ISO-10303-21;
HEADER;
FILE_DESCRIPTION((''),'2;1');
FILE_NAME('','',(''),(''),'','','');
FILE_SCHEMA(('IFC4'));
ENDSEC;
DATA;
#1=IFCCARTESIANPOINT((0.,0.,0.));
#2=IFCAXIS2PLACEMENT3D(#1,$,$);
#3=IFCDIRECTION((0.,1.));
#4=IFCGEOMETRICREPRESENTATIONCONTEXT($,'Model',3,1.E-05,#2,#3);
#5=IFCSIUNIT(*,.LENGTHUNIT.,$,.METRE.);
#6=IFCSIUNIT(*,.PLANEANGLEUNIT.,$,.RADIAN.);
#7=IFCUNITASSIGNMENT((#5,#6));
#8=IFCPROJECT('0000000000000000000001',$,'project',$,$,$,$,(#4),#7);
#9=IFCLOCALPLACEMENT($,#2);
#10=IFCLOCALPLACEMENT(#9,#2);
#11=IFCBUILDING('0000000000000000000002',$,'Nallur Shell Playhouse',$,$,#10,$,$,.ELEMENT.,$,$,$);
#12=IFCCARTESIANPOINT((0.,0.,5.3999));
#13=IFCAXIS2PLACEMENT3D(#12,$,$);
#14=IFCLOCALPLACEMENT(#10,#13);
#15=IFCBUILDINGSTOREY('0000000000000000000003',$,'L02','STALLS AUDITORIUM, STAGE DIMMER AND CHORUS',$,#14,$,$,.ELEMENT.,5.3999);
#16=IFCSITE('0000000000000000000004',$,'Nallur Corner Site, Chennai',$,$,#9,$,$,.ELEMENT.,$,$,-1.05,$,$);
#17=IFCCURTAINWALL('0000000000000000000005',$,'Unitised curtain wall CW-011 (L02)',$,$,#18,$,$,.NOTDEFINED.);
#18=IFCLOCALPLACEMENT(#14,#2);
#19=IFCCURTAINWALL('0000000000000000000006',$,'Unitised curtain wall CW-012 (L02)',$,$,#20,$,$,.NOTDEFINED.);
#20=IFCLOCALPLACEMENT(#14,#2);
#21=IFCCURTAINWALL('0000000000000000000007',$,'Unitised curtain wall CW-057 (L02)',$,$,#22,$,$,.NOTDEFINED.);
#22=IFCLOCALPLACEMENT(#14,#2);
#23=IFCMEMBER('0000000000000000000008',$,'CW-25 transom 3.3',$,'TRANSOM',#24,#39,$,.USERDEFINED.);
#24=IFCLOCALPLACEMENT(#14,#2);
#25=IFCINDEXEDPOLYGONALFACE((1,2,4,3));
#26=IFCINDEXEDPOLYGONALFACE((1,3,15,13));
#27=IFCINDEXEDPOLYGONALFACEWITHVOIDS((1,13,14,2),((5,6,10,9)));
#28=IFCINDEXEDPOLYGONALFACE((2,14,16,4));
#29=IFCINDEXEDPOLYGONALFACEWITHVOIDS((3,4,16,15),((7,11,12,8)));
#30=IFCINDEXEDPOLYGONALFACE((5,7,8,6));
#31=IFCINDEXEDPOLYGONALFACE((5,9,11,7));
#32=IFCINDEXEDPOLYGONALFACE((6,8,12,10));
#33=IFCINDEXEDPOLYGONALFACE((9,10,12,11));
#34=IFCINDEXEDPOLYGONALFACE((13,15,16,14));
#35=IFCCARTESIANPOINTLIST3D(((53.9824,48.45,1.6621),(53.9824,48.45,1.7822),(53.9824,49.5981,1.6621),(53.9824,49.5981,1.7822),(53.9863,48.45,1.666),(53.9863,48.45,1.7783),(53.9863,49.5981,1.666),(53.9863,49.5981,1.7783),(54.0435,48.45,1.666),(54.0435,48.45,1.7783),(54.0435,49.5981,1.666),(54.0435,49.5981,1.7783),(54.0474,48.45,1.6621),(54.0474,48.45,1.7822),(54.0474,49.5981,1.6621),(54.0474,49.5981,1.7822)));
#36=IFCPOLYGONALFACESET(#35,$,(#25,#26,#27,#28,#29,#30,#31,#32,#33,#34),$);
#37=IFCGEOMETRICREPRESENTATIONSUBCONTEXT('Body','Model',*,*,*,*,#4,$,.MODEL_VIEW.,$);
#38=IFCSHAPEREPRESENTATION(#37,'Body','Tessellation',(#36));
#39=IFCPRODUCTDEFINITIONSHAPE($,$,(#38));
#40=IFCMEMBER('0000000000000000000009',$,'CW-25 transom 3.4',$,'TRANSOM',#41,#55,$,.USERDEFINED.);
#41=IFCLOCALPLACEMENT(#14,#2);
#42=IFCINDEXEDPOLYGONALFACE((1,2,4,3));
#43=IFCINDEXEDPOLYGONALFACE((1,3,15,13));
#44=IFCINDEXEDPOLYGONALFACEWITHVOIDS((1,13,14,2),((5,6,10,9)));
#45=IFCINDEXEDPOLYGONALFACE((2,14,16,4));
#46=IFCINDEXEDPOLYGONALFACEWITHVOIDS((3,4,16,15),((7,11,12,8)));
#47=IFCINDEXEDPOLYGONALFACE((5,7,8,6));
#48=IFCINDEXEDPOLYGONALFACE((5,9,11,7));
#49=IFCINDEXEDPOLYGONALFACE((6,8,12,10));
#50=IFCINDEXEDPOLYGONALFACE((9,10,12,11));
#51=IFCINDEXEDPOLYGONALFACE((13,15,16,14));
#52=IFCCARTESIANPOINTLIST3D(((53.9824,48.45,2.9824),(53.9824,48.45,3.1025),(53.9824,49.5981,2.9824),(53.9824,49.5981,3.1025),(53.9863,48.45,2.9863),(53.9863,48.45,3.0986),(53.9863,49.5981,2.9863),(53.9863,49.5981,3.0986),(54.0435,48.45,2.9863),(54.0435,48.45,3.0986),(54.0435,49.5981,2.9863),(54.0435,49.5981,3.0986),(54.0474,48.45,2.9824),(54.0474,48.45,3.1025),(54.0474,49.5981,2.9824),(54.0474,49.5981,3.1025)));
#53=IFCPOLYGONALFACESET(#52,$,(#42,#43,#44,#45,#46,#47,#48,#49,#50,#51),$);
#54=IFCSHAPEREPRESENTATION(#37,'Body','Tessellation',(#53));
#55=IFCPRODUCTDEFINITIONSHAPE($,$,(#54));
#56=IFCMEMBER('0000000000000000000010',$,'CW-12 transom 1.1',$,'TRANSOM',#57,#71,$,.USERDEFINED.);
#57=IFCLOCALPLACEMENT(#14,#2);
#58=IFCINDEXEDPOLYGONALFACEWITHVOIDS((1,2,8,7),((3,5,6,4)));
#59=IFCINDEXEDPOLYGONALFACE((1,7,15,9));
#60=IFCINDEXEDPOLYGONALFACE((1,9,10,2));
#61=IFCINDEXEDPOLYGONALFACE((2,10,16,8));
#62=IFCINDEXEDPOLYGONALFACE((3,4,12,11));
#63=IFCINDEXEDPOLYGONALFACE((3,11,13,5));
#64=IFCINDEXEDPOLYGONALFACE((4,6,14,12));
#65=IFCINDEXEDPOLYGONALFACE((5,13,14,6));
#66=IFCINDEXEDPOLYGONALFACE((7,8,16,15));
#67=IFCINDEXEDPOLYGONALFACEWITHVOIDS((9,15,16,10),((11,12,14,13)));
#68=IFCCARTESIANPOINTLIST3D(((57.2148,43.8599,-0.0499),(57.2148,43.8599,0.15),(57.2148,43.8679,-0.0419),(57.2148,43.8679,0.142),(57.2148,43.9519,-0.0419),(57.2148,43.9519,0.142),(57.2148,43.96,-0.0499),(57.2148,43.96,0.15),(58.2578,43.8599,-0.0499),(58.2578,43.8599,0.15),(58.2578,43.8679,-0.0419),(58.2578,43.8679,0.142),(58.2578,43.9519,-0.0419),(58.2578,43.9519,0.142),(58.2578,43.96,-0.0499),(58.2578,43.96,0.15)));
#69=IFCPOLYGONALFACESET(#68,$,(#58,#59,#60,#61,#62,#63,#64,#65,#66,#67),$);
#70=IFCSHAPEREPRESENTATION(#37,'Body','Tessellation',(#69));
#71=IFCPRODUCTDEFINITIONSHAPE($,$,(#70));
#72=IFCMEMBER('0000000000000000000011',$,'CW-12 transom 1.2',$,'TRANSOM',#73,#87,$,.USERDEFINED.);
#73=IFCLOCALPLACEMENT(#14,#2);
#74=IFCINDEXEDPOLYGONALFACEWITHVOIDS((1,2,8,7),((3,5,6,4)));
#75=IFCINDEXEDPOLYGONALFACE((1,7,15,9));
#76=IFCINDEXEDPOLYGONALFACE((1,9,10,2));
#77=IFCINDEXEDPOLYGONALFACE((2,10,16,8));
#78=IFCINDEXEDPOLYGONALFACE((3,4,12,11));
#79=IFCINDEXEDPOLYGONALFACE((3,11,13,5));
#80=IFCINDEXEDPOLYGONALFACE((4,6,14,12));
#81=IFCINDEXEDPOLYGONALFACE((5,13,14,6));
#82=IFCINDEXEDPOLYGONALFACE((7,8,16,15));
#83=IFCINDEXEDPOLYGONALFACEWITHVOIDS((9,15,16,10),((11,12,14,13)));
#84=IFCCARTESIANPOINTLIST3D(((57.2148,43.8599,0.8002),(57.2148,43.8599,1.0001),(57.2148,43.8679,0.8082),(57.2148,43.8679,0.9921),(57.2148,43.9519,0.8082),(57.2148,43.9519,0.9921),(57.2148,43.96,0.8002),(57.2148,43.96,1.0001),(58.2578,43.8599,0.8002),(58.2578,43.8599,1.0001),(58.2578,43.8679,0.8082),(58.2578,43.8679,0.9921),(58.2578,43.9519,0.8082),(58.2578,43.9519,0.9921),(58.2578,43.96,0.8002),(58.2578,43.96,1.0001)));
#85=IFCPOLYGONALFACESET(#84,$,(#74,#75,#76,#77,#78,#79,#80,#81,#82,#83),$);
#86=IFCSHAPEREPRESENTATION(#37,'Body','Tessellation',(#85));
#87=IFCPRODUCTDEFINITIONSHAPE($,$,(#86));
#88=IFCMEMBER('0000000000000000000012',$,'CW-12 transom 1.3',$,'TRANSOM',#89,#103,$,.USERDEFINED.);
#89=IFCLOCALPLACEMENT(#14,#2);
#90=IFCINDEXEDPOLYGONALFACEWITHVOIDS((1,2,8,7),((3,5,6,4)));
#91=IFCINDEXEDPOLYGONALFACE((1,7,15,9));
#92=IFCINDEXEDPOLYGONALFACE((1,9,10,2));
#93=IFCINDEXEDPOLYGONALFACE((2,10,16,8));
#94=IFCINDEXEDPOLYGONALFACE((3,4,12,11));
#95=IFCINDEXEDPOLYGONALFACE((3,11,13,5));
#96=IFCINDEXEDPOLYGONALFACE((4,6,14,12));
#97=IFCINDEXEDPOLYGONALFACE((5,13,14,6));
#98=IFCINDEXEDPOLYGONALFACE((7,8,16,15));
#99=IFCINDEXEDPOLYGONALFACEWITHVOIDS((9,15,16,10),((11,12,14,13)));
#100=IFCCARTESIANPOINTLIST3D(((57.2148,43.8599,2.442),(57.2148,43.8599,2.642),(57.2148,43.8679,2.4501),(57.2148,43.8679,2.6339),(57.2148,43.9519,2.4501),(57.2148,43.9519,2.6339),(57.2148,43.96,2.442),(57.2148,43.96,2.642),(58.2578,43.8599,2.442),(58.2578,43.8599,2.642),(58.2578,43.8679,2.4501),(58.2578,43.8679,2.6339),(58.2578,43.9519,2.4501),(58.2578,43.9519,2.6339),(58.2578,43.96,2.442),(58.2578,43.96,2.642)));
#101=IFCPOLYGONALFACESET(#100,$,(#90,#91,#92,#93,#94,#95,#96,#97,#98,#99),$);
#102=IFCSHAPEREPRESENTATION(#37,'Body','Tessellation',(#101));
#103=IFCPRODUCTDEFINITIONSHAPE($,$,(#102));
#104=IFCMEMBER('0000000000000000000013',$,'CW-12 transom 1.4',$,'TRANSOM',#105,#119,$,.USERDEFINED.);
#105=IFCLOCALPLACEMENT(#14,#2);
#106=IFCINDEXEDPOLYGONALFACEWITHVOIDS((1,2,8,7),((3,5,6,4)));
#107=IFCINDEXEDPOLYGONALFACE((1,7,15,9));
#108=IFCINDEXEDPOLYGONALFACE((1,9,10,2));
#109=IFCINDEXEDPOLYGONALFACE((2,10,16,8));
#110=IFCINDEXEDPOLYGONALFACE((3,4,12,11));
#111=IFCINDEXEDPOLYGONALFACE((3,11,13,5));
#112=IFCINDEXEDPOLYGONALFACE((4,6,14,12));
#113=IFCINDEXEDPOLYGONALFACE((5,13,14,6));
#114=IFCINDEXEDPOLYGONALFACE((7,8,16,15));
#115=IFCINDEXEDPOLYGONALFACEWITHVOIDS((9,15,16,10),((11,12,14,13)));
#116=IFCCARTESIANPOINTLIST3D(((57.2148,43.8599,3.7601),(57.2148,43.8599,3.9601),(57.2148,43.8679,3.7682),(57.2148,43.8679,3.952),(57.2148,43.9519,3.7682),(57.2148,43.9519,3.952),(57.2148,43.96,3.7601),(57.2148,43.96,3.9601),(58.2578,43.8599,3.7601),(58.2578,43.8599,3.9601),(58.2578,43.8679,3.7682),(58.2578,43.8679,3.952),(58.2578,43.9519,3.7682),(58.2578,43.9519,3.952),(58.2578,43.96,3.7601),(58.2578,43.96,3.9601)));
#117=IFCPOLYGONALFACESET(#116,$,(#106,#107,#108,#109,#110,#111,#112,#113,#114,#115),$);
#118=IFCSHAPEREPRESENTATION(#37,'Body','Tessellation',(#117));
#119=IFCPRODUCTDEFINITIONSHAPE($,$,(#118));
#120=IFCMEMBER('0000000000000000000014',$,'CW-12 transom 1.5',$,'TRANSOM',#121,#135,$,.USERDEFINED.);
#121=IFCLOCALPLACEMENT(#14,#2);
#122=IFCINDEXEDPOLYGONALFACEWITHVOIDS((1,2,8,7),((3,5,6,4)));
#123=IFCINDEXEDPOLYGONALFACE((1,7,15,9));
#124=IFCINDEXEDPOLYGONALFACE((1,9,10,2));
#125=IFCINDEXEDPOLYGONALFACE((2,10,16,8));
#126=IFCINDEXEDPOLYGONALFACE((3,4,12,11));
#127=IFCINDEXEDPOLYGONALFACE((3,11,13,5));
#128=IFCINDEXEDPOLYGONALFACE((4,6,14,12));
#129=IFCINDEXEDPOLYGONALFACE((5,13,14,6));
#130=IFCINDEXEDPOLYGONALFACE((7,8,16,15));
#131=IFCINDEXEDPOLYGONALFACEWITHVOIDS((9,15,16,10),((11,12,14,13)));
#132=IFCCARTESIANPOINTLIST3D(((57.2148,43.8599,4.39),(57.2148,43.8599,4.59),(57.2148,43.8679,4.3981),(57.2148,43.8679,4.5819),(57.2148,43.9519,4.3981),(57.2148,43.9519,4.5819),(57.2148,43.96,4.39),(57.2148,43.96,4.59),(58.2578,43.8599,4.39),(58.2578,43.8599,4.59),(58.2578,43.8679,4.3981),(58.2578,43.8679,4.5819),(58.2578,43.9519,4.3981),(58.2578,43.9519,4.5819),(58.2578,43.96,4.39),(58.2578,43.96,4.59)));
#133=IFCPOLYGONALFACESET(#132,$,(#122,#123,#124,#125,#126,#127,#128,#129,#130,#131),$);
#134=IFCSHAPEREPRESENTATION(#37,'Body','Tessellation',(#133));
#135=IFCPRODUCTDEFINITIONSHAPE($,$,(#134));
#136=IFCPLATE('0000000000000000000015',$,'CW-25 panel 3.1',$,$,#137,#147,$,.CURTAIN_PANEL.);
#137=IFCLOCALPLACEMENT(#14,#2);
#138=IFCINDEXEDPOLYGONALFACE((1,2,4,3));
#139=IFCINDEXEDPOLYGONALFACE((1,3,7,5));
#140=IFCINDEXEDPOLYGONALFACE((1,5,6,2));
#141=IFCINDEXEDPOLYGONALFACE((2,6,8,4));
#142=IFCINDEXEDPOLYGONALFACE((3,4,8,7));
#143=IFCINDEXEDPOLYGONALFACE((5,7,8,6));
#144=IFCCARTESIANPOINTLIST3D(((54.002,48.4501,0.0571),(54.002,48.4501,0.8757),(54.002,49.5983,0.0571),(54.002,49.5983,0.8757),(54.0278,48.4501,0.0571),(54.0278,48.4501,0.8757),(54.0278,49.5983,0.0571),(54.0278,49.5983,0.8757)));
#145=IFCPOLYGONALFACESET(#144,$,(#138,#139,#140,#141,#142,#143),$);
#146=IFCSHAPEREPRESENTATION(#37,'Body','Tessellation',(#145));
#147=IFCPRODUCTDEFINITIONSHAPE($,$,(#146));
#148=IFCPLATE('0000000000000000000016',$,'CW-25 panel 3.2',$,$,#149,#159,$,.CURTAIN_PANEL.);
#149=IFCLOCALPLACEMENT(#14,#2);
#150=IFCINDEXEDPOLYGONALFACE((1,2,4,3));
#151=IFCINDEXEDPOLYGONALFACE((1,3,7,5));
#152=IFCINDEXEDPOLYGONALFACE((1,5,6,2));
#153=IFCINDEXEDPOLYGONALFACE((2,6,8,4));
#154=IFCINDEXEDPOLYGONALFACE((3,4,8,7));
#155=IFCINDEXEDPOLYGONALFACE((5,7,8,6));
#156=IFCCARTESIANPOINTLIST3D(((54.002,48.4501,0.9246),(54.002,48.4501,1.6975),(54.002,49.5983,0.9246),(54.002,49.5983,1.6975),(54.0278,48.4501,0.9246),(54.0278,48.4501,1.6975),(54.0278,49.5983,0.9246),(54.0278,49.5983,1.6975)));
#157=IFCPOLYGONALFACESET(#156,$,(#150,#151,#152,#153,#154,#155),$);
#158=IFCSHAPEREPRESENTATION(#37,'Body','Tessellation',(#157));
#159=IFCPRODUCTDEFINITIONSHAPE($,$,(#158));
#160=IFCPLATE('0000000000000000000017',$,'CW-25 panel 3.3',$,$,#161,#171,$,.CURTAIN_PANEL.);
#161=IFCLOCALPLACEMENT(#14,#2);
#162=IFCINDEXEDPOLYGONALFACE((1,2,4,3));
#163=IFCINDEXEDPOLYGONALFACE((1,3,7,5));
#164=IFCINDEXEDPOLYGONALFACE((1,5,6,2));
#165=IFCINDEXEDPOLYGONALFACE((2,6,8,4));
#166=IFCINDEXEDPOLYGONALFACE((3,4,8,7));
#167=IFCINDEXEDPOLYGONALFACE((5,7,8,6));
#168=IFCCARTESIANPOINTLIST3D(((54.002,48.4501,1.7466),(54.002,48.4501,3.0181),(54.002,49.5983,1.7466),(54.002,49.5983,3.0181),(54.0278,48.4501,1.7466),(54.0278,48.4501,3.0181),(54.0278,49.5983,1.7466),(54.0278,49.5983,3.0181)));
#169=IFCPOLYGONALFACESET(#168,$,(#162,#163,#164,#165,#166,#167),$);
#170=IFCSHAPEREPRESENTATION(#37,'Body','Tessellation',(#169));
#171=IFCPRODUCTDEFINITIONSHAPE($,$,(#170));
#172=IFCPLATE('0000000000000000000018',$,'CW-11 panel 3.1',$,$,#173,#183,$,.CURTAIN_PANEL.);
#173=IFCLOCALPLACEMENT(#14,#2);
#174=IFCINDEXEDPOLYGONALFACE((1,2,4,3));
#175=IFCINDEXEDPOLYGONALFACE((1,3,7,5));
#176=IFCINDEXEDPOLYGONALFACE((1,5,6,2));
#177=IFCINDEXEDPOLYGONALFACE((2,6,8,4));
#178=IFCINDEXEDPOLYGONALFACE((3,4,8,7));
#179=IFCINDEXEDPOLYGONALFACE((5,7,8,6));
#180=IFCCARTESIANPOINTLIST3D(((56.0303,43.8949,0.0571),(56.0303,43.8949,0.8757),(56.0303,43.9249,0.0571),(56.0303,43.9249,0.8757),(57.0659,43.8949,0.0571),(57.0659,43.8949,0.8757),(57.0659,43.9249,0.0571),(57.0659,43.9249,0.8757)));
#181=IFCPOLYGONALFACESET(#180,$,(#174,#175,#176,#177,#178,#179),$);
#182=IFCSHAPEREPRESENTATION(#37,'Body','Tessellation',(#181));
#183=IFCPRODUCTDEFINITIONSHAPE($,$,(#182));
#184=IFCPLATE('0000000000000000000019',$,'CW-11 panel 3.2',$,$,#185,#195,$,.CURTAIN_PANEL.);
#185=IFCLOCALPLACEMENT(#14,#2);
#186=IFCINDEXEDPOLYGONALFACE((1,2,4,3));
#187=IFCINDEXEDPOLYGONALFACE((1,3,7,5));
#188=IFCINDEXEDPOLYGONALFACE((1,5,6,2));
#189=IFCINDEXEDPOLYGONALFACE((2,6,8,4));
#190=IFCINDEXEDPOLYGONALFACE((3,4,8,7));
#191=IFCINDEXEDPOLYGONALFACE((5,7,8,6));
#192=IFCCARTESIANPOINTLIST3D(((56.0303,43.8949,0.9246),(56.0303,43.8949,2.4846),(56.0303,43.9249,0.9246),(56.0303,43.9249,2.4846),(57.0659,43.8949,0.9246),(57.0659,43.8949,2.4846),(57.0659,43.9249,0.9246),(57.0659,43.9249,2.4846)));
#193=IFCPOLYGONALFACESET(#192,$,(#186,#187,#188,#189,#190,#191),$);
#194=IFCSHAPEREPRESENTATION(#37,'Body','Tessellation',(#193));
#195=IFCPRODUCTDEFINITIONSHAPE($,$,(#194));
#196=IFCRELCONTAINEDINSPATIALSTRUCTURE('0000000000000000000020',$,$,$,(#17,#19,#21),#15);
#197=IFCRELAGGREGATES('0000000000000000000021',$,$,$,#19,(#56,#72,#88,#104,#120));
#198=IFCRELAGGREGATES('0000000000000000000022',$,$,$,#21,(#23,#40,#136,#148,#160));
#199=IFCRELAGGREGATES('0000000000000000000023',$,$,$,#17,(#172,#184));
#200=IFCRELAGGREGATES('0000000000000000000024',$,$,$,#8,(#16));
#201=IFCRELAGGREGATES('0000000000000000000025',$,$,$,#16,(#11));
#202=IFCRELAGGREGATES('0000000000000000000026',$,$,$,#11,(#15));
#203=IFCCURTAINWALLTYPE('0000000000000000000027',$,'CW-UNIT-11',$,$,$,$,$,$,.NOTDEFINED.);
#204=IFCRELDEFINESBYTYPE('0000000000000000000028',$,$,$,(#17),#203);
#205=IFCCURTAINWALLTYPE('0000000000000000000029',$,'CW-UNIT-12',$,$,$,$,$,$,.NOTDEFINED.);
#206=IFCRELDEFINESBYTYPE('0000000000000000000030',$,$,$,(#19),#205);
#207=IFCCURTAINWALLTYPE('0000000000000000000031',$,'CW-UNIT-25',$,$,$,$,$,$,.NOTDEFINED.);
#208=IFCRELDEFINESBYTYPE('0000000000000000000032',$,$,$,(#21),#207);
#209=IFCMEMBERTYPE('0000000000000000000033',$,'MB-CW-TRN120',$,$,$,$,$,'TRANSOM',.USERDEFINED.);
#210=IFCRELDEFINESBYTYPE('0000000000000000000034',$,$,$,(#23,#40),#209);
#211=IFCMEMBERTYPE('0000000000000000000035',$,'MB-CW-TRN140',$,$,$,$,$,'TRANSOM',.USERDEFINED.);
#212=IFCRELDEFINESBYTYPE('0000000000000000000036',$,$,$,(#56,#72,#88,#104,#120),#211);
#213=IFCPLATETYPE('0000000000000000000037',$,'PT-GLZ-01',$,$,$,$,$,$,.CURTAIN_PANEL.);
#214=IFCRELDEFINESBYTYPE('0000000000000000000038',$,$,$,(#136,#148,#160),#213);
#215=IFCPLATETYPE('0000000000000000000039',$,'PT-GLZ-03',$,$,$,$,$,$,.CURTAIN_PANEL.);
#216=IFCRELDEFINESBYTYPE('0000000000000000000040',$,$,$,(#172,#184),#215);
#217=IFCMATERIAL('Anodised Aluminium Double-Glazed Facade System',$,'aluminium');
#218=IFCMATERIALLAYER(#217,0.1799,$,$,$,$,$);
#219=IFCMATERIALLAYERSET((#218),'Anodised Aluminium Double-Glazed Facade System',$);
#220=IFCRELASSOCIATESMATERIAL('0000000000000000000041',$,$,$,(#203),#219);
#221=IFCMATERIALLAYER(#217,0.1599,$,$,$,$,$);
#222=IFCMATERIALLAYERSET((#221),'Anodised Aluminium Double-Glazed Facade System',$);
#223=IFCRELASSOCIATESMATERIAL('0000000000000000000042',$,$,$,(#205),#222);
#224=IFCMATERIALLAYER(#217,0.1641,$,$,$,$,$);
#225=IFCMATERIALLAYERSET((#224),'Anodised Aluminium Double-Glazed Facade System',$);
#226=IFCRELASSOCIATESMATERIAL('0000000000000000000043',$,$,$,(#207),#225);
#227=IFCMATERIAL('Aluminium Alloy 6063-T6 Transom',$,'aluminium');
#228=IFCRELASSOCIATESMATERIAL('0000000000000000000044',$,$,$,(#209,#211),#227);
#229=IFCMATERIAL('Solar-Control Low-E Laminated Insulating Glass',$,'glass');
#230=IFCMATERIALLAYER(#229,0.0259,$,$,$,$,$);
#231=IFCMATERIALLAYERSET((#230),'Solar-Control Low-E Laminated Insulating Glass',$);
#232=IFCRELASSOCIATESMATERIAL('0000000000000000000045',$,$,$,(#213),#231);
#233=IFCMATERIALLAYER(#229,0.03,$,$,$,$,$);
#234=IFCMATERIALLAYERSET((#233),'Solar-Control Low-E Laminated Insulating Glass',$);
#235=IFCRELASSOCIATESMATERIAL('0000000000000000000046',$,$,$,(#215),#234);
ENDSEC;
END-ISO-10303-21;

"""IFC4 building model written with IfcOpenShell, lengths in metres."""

from ifc_helpers import new_model, si_unit, direction, frame, origin, origin_2d, place, context, subcontext, project, spatial, rectangle, hollow_rectangle, extrude, material, layer, layer_set, material_profile, profile_set, type_object, element, aggregate, save


model = new_model("IFC4")

# Units and contexts
model_context = context("Model", 3, precision=1e-05, world=origin(), true_north=direction((0.0, 1.0)))
body_context = subcontext(model_context, "Body", "Model", "MODEL_VIEW")
ifc_project = project(units=[si_unit("LENGTHUNIT", "METRE"), si_unit("PLANEANGLEUNIT", "RADIAN")], contexts=[model_context])

# Site, building, storey
site_placement = place(None, origin())
site = spatial("IfcSite", under=ifc_project, at=site_placement, Name="Nallur Corner Site, Chennai", CompositionType="ELEMENT", RefElevation=-1.05)
building_placement = place(site_placement, origin())
building = spatial("IfcBuilding", under=site, at=building_placement, Name="Nallur Shell Playhouse", CompositionType="ELEMENT")
storey_placement = place(building_placement, frame((0.0, 0.0, 5.3999)))
storey = spatial("IfcBuildingStorey", under=building, at=storey_placement, Name="L02", Description="STALLS AUDITORIUM, STAGE DIMMER AND CHORUS", CompositionType="ELEMENT", Elevation=5.3999)

# Curtain wall
ifc_material_1 = material(Name="Anodised Aluminium Double-Glazed Facade System", Category="aluminium")
ifc_layer_1 = layer(ifc_material_1, 0.1799)
ifc_layer_set_1 = layer_set([ifc_layer_1], Name="Anodised Aluminium Double-Glazed Facade System")
curtain_wall_type_1 = type_object("IfcCurtainWallType", Name="CW-UNIT-11", PredefinedType="NOTDEFINED", material=ifc_layer_set_1)
curtain_wall_1_placement = place(storey_placement, origin())
curtain_wall_1 = element("IfcCurtainWall", 1, at=curtain_wall_1_placement, inside=storey, type_object=curtain_wall_type_1, Name="Unitised curtain wall CW-011 (L02)", PredefinedType="NOTDEFINED")

# Curtain wall
ifc_layer_2 = layer(ifc_material_1, 0.1599)
ifc_layer_set_2 = layer_set([ifc_layer_2], Name="Anodised Aluminium Double-Glazed Facade System")
curtain_wall_type_2 = type_object("IfcCurtainWallType", Name="CW-UNIT-12", PredefinedType="NOTDEFINED", material=ifc_layer_set_2)
curtain_wall_2_placement = place(storey_placement, origin())
curtain_wall_2 = element("IfcCurtainWall", 2, at=curtain_wall_2_placement, inside=storey, type_object=curtain_wall_type_2, Name="Unitised curtain wall CW-012 (L02)", PredefinedType="NOTDEFINED")

# Curtain wall
ifc_layer_3 = layer(ifc_material_1, 0.1641)
ifc_layer_set_3 = layer_set([ifc_layer_3], Name="Anodised Aluminium Double-Glazed Facade System")
curtain_wall_type_3 = type_object("IfcCurtainWallType", Name="CW-UNIT-25", PredefinedType="NOTDEFINED", material=ifc_layer_set_3)
curtain_wall_3_placement = place(storey_placement, origin())
curtain_wall_3 = element("IfcCurtainWall", 3, at=curtain_wall_3_placement, inside=storey, type_object=curtain_wall_type_3, Name="Unitised curtain wall CW-057 (L02)", PredefinedType="NOTDEFINED")

# Members
ifc_material_2 = material(Name="Aluminium Alloy 6063-T6 Transom", Category="aluminium")
ifc_material_profile_1 = material_profile(ifc_material_2, hollow_rectangle(XDim=0.0649, YDim=0.1201, WallThickness=0.0039, at=origin_2d()), Name="ALU 65x120x4")
ifc_profile_set_1 = profile_set([ifc_material_profile_1], Name="Aluminium Alloy 6063-T6 Transom")
member_type_1 = type_object("IfcMemberType", Name="MB-CW-TRN120", ElementType="TRANSOM", PredefinedType="USERDEFINED", material=ifc_profile_set_1)
member_1_placement = place(storey_placement, frame((54.0149, 49.5981, 1.7222), z_axis=(0.0, -1.0, 0.0), x_axis=(1.0, 0.0, 0.0)))
member_1 = element("IfcMember", 4, at=member_1_placement, type_object=member_type_1, Name="CW-25 transom 3.3", ObjectType="TRANSOM", PredefinedType="USERDEFINED", context=body_context, shape_type="SweptSolid", body=[
    extrude(hollow_rectangle(XDim=0.0649, YDim=0.1201, WallThickness=0.0039, at=origin_2d()), origin(), (0.0, 0.0, 1.0), 1.1482),
])
member_2_placement = place(storey_placement, frame((54.0149, 49.5981, 3.0425), z_axis=(0.0, -1.0, 0.0), x_axis=(1.0, 0.0, 0.0)))
member_2 = element("IfcMember", 5, at=member_2_placement, type_object=member_type_1, Name="CW-25 transom 3.4", ObjectType="TRANSOM", PredefinedType="USERDEFINED", context=body_context, shape_type="SweptSolid", body=[
    extrude(hollow_rectangle(XDim=0.0649, YDim=0.1201, WallThickness=0.0039, at=origin_2d()), origin(), (0.0, 0.0, 1.0), 1.1482),
])
ifc_material_profile_2 = material_profile(ifc_material_2, hollow_rectangle(XDim=0.1001, YDim=0.2, WallThickness=0.0081, at=origin_2d()), Name="RHS 200x100x8")
ifc_profile_set_2 = profile_set([ifc_material_profile_2], Name="Aluminium Alloy 6063-T6 Transom")
member_type_2 = type_object("IfcMemberType", Name="MB-CW-TRN140", ElementType="TRANSOM", PredefinedType="USERDEFINED", material=ifc_profile_set_2)
member_3_placement = place(storey_placement, frame((57.2148, 43.9099, 0.05), z_axis=(1.0, 0.0, 0.0), x_axis=(0.0, 1.0, 0.0)))
member_3 = element("IfcMember", 6, at=member_3_placement, type_object=member_type_2, Name="CW-12 transom 1.1", ObjectType="TRANSOM", PredefinedType="USERDEFINED", context=body_context, shape_type="SweptSolid", body=[
    extrude(hollow_rectangle(XDim=0.1001, YDim=0.2, WallThickness=0.0081, at=origin_2d()), origin(), (0.0, 0.0, 1.0), 1.043),
])
member_4_placement = place(storey_placement, frame((57.2148, 43.9099, 0.9001), z_axis=(1.0, 0.0, 0.0), x_axis=(0.0, 1.0, 0.0)))
member_4 = element("IfcMember", 7, at=member_4_placement, type_object=member_type_2, Name="CW-12 transom 1.2", ObjectType="TRANSOM", PredefinedType="USERDEFINED", context=body_context, shape_type="SweptSolid", body=[
    extrude(hollow_rectangle(XDim=0.1001, YDim=0.2, WallThickness=0.0081, at=origin_2d()), origin(), (0.0, 0.0, 1.0), 1.043),
])
member_5_placement = place(storey_placement, frame((57.2148, 43.9099, 2.542), z_axis=(1.0, 0.0, 0.0), x_axis=(0.0, 1.0, 0.0)))
member_5 = element("IfcMember", 8, at=member_5_placement, type_object=member_type_2, Name="CW-12 transom 1.3", ObjectType="TRANSOM", PredefinedType="USERDEFINED", context=body_context, shape_type="SweptSolid", body=[
    extrude(hollow_rectangle(XDim=0.1001, YDim=0.2, WallThickness=0.0081, at=origin_2d()), origin(), (0.0, 0.0, 1.0), 1.043),
])
member_6_placement = place(storey_placement, frame((57.2148, 43.9099, 3.8601), z_axis=(1.0, 0.0, 0.0), x_axis=(0.0, 1.0, 0.0)))
member_6 = element("IfcMember", 9, at=member_6_placement, type_object=member_type_2, Name="CW-12 transom 1.4", ObjectType="TRANSOM", PredefinedType="USERDEFINED", context=body_context, shape_type="SweptSolid", body=[
    extrude(hollow_rectangle(XDim=0.1001, YDim=0.2, WallThickness=0.0081, at=origin_2d()), origin(), (0.0, 0.0, 1.0), 1.043),
])
member_7_placement = place(storey_placement, frame((57.2148, 43.9099, 4.49), z_axis=(1.0, 0.0, 0.0), x_axis=(0.0, 1.0, 0.0)))
member_7 = element("IfcMember", 10, at=member_7_placement, type_object=member_type_2, Name="CW-12 transom 1.5", ObjectType="TRANSOM", PredefinedType="USERDEFINED", context=body_context, shape_type="SweptSolid", body=[
    extrude(hollow_rectangle(XDim=0.1001, YDim=0.2, WallThickness=0.0081, at=origin_2d()), origin(), (0.0, 0.0, 1.0), 1.043),
])
aggregate(curtain_wall_2, [member_3, member_4, member_5, member_6, member_7])

# Plates
ifc_material_3 = material(Name="Solar-Control Low-E Laminated Insulating Glass", Category="glass")
ifc_layer_4 = layer(ifc_material_3, 0.0259)
ifc_layer_set_4 = layer_set([ifc_layer_4], Name="Solar-Control Low-E Laminated Insulating Glass")
plate_type_1 = type_object("IfcPlateType", Name="PT-GLZ-01", PredefinedType="CURTAIN_PANEL", material=ifc_layer_set_4)
plate_1_placement = place(storey_placement, frame((54.0149, 49.0242, 0.0571), z_axis=(0.0, 0.0, 1.0), x_axis=(0.0, -1.0, 0.0)))
plate_1 = element("IfcPlate", 11, at=plate_1_placement, type_object=plate_type_1, Name="CW-25 panel 3.1", PredefinedType="CURTAIN_PANEL", context=body_context, shape_type="SweptSolid", body=[
    extrude(rectangle(XDim=1.1482, YDim=0.0259, at=origin_2d()), origin(), (0.0, 0.0, 1.0), 0.8186),
])
plate_2_placement = place(storey_placement, frame((54.0149, 49.0242, 0.9246), z_axis=(0.0, 0.0, 1.0), x_axis=(0.0, -1.0, 0.0)))
plate_2 = element("IfcPlate", 12, at=plate_2_placement, type_object=plate_type_1, Name="CW-25 panel 3.2", PredefinedType="CURTAIN_PANEL", context=body_context, shape_type="SweptSolid", body=[
    extrude(rectangle(XDim=1.1482, YDim=0.0259, at=origin_2d()), origin(), (0.0, 0.0, 1.0), 0.7729),
])
plate_3_placement = place(storey_placement, frame((54.0149, 49.0242, 1.7466), z_axis=(0.0, 0.0, 1.0), x_axis=(0.0, -1.0, 0.0)))
plate_3 = element("IfcPlate", 13, at=plate_3_placement, type_object=plate_type_1, Name="CW-25 panel 3.3", PredefinedType="CURTAIN_PANEL", context=body_context, shape_type="SweptSolid", body=[
    extrude(rectangle(XDim=1.1482, YDim=0.0259, at=origin_2d()), origin(), (0.0, 0.0, 1.0), 1.2715),
])
aggregate(curtain_wall_3, [member_1, member_2, plate_1, plate_2, plate_3])
ifc_layer_5 = layer(ifc_material_3, 0.03)
ifc_layer_set_5 = layer_set([ifc_layer_5], Name="Solar-Control Low-E Laminated Insulating Glass")
plate_type_2 = type_object("IfcPlateType", Name="PT-GLZ-03", PredefinedType="CURTAIN_PANEL", material=ifc_layer_set_5)
plate_4_placement = place(storey_placement, frame((56.5481, 43.9099, 0.0571), z_axis=(0.0, 0.0, 1.0), x_axis=(1.0, 0.0, 0.0)))
plate_4 = element("IfcPlate", 14, at=plate_4_placement, type_object=plate_type_2, Name="CW-11 panel 3.1", PredefinedType="CURTAIN_PANEL", context=body_context, shape_type="SweptSolid", body=[
    extrude(rectangle(XDim=1.0356, YDim=0.03, at=origin_2d()), origin(), (0.0, 0.0, 1.0), 0.8186),
])
plate_5_placement = place(storey_placement, frame((56.5481, 43.9099, 0.9246), z_axis=(0.0, 0.0, 1.0), x_axis=(1.0, 0.0, 0.0)))
plate_5 = element("IfcPlate", 15, at=plate_5_placement, type_object=plate_type_2, Name="CW-11 panel 3.2", PredefinedType="CURTAIN_PANEL", context=body_context, shape_type="SweptSolid", body=[
    extrude(rectangle(XDim=1.0356, YDim=0.03, at=origin_2d()), origin(), (0.0, 0.0, 1.0), 1.5601),
])
aggregate(curtain_wall_1, [plate_4, plate_5])

save(model, "model.ifc")
